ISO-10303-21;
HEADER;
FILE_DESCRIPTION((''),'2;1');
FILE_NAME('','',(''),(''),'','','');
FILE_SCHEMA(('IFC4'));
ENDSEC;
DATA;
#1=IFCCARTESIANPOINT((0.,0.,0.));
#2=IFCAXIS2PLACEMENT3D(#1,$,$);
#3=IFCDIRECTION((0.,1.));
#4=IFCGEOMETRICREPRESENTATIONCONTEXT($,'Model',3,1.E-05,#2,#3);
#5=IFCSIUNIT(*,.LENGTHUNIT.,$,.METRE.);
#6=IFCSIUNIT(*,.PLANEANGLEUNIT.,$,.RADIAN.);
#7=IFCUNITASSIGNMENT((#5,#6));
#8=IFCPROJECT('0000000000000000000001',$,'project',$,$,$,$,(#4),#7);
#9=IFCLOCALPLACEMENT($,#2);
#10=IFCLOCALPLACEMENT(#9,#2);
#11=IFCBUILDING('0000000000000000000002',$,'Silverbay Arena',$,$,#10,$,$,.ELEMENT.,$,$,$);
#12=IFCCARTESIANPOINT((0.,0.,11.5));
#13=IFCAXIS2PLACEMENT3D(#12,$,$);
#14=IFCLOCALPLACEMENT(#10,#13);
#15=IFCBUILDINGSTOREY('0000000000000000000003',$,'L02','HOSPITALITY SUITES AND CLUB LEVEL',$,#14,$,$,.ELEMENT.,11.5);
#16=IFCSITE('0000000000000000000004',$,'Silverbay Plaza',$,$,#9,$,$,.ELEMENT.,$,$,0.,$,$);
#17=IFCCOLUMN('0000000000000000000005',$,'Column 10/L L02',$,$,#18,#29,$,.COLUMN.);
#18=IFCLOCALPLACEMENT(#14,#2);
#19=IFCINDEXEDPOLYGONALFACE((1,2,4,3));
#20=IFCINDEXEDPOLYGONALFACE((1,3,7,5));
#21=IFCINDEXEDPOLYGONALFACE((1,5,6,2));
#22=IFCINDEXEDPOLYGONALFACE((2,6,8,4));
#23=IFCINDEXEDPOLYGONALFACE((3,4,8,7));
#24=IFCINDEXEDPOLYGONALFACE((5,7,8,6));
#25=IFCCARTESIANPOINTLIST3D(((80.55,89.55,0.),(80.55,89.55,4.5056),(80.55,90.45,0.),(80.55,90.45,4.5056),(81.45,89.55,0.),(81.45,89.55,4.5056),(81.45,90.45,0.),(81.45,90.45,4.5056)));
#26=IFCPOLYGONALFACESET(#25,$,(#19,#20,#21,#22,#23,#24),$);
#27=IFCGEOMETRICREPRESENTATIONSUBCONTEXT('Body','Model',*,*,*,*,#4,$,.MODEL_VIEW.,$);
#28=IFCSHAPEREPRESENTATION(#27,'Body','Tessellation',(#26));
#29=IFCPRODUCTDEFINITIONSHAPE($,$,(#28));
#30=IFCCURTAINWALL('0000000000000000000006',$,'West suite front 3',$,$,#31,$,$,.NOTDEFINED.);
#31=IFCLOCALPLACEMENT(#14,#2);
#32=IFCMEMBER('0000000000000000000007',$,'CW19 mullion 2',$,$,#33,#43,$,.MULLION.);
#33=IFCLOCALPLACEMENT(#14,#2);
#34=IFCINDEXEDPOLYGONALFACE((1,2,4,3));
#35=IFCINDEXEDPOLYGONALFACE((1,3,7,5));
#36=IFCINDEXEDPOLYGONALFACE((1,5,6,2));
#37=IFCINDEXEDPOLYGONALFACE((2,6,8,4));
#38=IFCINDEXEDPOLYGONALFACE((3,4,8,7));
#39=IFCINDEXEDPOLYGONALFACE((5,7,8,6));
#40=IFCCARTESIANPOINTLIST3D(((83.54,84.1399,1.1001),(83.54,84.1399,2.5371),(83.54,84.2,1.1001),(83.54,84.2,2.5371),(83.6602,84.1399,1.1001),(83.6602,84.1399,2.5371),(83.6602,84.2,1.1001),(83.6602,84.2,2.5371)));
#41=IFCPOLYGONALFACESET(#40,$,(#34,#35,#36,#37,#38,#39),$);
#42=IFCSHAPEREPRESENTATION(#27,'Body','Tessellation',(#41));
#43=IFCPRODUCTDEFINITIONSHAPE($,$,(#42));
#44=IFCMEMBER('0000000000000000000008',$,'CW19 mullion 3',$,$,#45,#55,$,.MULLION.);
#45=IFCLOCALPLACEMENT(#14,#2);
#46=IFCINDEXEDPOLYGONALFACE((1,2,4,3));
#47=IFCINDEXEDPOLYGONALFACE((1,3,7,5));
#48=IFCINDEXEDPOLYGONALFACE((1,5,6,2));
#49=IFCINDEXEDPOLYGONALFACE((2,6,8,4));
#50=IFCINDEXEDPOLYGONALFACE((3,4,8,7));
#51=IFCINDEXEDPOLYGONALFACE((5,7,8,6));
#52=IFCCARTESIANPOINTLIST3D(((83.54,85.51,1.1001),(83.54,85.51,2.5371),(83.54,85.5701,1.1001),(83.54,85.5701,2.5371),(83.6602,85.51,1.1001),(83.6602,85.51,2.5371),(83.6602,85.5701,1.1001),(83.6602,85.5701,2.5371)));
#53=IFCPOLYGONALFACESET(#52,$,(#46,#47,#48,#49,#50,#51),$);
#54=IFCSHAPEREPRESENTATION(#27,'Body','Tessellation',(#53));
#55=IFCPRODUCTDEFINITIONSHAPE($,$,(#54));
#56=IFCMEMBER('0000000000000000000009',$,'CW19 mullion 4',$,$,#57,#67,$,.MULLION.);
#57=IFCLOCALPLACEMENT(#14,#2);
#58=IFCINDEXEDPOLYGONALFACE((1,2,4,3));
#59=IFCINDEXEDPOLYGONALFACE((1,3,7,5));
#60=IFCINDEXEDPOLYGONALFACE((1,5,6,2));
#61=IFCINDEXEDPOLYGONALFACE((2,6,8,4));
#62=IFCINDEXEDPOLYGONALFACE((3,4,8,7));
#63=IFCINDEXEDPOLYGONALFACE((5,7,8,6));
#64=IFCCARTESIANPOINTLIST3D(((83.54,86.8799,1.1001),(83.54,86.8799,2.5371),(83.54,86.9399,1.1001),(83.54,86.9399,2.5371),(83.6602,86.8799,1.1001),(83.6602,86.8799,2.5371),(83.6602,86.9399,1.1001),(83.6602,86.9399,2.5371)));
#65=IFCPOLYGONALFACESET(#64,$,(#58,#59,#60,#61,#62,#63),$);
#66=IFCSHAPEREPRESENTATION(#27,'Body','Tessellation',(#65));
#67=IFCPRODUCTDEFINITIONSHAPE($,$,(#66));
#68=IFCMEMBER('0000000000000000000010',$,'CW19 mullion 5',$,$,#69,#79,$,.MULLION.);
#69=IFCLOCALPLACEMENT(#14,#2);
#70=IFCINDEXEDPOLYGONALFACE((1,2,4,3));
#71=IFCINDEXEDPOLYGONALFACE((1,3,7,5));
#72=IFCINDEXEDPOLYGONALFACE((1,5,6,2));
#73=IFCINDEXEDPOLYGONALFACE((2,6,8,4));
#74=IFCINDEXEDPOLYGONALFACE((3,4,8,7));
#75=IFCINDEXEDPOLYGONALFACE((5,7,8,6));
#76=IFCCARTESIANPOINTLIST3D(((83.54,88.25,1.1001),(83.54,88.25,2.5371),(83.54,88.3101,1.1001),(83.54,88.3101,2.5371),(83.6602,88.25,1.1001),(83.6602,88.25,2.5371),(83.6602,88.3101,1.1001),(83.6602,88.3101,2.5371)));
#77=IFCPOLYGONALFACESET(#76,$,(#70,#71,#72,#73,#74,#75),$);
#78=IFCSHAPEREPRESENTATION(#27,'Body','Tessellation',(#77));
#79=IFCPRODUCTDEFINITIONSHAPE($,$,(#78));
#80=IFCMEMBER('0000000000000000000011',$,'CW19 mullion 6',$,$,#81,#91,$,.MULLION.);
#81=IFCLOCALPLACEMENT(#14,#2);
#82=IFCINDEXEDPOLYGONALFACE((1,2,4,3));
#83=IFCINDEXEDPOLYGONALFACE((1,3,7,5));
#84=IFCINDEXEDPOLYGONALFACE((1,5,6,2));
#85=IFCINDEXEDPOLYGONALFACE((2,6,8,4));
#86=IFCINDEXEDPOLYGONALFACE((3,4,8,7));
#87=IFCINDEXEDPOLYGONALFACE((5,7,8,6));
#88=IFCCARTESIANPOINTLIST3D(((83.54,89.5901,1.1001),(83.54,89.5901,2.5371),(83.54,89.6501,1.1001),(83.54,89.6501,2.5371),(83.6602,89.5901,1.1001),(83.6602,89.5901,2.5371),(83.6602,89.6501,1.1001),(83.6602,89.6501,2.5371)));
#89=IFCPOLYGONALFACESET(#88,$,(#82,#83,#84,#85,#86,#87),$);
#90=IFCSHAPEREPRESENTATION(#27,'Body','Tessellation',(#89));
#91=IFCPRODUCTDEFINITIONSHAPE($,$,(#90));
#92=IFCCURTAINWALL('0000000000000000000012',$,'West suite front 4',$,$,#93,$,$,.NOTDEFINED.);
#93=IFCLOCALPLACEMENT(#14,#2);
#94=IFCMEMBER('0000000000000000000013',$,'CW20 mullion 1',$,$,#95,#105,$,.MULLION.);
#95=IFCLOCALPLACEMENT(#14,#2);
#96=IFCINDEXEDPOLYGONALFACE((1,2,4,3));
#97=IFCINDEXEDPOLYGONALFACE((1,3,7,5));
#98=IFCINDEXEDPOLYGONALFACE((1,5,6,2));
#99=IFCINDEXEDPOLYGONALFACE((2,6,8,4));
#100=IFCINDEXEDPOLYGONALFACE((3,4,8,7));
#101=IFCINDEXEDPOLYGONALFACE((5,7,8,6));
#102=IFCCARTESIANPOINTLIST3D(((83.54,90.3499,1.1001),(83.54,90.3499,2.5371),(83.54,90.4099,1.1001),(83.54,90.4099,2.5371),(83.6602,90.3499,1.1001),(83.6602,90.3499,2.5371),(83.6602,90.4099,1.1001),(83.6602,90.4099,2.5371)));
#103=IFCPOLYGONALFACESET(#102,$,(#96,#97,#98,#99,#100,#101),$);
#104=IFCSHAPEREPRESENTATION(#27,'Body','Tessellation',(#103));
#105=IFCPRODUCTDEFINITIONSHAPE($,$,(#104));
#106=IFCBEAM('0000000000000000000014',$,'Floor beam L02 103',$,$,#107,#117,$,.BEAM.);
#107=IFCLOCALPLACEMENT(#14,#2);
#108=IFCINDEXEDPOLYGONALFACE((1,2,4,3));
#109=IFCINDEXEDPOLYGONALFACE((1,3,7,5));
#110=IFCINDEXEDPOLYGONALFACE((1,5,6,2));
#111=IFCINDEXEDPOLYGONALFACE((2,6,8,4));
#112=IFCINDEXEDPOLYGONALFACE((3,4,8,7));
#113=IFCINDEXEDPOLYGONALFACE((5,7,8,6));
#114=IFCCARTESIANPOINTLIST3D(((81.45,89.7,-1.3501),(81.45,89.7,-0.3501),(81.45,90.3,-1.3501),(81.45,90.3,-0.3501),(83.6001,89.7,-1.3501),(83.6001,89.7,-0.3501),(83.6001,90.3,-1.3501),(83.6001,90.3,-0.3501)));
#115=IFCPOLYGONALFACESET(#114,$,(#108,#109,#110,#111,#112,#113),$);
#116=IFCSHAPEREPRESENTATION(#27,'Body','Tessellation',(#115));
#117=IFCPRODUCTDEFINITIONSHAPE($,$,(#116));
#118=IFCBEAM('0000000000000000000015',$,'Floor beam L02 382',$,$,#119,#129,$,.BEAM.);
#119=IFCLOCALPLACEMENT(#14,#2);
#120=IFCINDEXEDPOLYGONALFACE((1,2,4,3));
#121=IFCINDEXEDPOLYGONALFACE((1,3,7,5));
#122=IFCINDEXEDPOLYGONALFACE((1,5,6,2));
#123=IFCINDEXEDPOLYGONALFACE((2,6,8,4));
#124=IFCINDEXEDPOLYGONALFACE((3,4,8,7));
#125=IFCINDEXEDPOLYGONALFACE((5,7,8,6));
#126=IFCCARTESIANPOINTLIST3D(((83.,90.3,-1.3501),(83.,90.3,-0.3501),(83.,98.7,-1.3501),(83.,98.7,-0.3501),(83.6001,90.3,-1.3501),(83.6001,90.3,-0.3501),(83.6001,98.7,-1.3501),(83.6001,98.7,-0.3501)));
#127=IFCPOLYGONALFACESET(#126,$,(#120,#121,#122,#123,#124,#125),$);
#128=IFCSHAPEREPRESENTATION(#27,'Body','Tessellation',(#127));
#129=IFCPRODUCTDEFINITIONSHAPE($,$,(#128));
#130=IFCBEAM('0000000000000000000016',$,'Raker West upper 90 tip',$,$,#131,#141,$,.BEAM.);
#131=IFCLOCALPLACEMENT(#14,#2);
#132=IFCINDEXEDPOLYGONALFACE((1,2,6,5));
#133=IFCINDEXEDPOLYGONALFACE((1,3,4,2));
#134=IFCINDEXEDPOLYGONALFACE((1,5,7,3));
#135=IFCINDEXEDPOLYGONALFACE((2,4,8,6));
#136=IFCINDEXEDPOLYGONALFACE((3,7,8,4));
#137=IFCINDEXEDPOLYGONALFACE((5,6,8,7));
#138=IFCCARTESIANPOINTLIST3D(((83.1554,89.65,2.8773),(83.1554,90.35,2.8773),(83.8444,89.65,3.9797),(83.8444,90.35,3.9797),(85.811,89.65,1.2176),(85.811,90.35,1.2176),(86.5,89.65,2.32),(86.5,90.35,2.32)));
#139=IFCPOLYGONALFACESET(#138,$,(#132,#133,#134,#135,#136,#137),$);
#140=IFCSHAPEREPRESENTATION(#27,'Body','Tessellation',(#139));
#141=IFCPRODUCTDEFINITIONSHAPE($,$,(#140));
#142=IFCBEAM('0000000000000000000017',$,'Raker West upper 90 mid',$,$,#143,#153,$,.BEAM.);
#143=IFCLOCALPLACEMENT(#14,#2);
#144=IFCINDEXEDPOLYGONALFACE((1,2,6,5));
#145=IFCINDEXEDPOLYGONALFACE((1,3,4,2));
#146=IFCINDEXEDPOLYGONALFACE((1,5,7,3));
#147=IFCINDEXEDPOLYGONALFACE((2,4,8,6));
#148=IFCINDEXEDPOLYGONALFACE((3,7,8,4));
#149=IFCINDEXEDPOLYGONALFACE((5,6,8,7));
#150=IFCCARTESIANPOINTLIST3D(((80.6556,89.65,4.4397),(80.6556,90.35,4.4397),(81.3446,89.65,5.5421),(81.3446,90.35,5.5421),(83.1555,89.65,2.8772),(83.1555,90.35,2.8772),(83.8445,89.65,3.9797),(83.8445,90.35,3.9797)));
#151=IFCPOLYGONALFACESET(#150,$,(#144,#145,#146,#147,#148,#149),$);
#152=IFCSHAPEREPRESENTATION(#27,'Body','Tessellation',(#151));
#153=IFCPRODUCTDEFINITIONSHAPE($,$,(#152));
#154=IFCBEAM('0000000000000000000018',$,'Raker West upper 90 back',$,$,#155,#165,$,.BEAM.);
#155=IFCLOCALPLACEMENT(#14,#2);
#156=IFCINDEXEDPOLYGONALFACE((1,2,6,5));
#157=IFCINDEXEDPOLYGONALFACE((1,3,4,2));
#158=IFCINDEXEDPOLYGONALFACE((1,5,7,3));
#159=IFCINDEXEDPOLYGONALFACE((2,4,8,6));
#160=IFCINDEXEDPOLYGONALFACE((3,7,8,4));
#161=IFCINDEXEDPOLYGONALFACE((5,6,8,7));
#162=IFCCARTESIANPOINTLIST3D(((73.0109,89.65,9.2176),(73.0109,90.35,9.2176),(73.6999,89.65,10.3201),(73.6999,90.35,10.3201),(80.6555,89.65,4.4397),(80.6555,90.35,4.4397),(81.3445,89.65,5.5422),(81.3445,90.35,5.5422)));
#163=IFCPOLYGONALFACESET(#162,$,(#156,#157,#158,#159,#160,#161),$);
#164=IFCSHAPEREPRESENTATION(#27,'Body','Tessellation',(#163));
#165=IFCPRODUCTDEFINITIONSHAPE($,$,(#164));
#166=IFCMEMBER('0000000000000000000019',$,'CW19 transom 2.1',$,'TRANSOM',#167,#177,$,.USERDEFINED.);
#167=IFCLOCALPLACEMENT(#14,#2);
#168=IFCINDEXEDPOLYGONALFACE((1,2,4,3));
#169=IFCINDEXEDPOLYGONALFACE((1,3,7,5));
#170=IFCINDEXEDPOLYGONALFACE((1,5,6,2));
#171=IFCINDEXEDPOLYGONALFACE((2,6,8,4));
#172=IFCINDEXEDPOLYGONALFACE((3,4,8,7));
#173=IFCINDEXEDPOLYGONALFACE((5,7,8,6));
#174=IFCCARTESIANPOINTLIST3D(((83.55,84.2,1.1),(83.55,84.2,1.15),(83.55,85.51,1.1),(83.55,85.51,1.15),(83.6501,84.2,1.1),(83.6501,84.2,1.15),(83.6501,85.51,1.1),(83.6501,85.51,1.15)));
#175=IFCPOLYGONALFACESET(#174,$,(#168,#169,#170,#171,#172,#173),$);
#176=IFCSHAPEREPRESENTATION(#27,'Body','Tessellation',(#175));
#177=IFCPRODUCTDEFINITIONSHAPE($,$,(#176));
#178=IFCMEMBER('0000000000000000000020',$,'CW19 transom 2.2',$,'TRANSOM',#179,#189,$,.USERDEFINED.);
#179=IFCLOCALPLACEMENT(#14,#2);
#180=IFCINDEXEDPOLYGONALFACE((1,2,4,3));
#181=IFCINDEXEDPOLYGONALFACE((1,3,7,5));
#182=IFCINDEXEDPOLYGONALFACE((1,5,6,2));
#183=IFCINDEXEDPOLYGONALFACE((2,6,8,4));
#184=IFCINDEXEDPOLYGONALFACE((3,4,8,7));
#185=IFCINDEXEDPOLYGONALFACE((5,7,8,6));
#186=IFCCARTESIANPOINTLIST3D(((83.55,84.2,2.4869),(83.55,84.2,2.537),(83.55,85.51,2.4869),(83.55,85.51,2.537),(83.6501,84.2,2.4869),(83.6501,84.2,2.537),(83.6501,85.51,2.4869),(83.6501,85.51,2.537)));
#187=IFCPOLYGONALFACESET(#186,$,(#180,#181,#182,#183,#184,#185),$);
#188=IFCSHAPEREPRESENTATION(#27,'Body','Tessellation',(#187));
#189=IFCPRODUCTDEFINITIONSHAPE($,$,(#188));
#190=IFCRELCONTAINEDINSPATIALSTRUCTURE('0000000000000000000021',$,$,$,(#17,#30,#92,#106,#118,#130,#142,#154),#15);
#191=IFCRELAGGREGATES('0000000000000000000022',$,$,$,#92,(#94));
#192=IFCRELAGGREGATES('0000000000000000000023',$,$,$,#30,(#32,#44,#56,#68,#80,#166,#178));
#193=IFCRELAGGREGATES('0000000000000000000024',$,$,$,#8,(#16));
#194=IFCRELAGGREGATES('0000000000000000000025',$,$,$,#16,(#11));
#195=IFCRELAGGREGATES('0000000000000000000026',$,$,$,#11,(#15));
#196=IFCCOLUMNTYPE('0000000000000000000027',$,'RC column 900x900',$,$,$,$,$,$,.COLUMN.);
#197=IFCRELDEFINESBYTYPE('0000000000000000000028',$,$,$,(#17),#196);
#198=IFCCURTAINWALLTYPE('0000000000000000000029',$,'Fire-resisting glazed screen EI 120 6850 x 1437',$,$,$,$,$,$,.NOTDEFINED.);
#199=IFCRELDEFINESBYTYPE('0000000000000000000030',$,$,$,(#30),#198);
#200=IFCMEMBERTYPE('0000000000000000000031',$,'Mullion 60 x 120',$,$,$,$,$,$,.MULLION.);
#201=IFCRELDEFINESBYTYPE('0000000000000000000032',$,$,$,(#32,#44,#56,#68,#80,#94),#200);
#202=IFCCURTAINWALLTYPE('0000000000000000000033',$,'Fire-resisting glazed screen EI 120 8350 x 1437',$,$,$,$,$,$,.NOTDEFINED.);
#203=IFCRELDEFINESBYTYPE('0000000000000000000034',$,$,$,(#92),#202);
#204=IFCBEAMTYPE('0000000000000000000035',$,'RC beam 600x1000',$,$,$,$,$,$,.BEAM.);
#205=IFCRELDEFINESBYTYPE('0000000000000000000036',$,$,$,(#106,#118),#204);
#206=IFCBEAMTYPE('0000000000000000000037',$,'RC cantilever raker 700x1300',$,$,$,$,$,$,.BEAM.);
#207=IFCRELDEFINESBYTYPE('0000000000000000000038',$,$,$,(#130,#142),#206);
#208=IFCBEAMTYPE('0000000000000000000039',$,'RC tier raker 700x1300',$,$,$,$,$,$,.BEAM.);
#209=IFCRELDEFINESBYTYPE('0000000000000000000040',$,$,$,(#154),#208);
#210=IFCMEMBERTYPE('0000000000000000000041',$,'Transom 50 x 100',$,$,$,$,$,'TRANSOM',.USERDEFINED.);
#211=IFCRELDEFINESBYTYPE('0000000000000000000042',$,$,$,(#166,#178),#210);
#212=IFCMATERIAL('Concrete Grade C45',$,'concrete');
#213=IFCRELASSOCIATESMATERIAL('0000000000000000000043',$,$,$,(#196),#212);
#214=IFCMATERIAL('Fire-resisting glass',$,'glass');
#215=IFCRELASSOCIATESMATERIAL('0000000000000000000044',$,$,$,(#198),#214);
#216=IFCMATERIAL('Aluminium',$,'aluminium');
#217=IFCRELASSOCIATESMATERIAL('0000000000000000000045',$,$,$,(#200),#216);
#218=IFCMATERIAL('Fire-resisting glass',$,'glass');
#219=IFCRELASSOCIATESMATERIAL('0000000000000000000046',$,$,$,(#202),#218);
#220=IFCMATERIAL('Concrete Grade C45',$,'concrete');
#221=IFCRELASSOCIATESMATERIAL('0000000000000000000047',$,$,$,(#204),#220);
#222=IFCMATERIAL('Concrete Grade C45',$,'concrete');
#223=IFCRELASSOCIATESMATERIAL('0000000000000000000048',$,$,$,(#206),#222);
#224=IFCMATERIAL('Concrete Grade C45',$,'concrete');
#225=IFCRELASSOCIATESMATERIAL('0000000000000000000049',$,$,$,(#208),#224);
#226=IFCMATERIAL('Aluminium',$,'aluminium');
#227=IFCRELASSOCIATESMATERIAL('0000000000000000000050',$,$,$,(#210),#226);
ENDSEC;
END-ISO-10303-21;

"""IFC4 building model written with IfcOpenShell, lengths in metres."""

from ifc_helpers import new_model, si_unit, direction, frame, origin, origin_2d, place, context, subcontext, project, spatial, rectangle, extrude, material, material_profile, profile_set, type_object, element, aggregate, save


model = new_model("IFC4")

# Units and contexts
model_context = context("Model", 3, precision=1e-05, world=origin(), true_north=direction((0.0, 1.0)))
body_context = subcontext(model_context, "Body", "Model", "MODEL_VIEW")
ifc_project = project(units=[si_unit("LENGTHUNIT", "METRE"), si_unit("PLANEANGLEUNIT", "RADIAN")], contexts=[model_context])

# Site, building, storey
site_placement = place(None, origin())
site = spatial("IfcSite", under=ifc_project, at=site_placement, Name="Silverbay Plaza", CompositionType="ELEMENT", RefElevation=0.0)
building_placement = place(site_placement, origin())
building = spatial("IfcBuilding", under=site, at=building_placement, Name="Silverbay Arena", CompositionType="ELEMENT")
storey_placement = place(building_placement, frame((0.0, 0.0, 11.5)))
storey = spatial("IfcBuildingStorey", under=building, at=storey_placement, Name="L02", Description="HOSPITALITY SUITES AND CLUB LEVEL", CompositionType="ELEMENT", Elevation=11.5)

# Column
ifc_material_1 = material(Name="Concrete Grade C45", Category="concrete")
ifc_material_profile_1 = material_profile(ifc_material_1, rectangle(XDim=0.8999, YDim=0.8999, at=origin_2d()), Name="RC 900x900")
ifc_profile_set_1 = profile_set([ifc_material_profile_1], Name="Concrete Grade C45")
column_type = type_object("IfcColumnType", Name="RC column 900x900", PredefinedType="COLUMN", material=ifc_profile_set_1)
column_placement = place(storey_placement, frame((81.0, 90.0, 0.0), z_axis=(0.0, 0.0, 1.0), x_axis=(1.0, 0.0, 0.0)))
element("IfcColumn", 1, at=column_placement, inside=storey, type_object=column_type, Name="Column 10/L L02", PredefinedType="COLUMN", context=body_context, shape_type="SweptSolid", body=[
    extrude(rectangle(XDim=0.8999, YDim=0.8999, at=origin_2d()), origin(), (0.0, 0.0, 1.0), 4.5056),
])

# Curtain wall, members
ifc_material_2 = material(Name="Fire-resisting glass", Category="glass")
curtain_wall_type_1 = type_object("IfcCurtainWallType", Name="Fire-resisting glazed screen EI 120 6850 x 1437", PredefinedType="NOTDEFINED", material=ifc_material_2)
curtain_wall_1_placement = place(storey_placement, origin())
curtain_wall_1 = element("IfcCurtainWall", 2, at=curtain_wall_1_placement, inside=storey, type_object=curtain_wall_type_1, Name="West suite front 3", PredefinedType="NOTDEFINED")
ifc_material_3 = material(Name="Aluminium", Category="aluminium")
ifc_material_profile_2 = material_profile(ifc_material_3, rectangle(XDim=0.1201, YDim=0.0601, at=origin_2d()), Name="Mullion 60 x 120")
ifc_profile_set_2 = profile_set([ifc_material_profile_2], Name="Aluminium")
member_type_1 = type_object("IfcMemberType", Name="Mullion 60 x 120", PredefinedType="MULLION", material=ifc_profile_set_2)
member_1_placement = place(storey_placement, frame((83.6001, 84.1699, 1.1001), z_axis=(0.0, 0.0, 1.0), x_axis=(-1.0, 0.0, 0.0)))
member_1 = element("IfcMember", 3, at=member_1_placement, type_object=member_type_1, Name="CW19 mullion 2", PredefinedType="MULLION", context=body_context, shape_type="SweptSolid", body=[
    extrude(rectangle(XDim=0.1201, YDim=0.0601, at=origin_2d()), origin(), (0.0, 0.0, 1.0), 1.437),
])
member_2_placement = place(storey_placement, frame((83.6001, 85.54, 1.1001), z_axis=(0.0, 0.0, 1.0), x_axis=(-1.0, 0.0, 0.0)))
member_2 = element("IfcMember", 4, at=member_2_placement, type_object=member_type_1, Name="CW19 mullion 3", PredefinedType="MULLION", context=body_context, shape_type="SweptSolid", body=[
    extrude(rectangle(XDim=0.1201, YDim=0.0601, at=origin_2d()), origin(), (0.0, 0.0, 1.0), 1.437),
])
member_3_placement = place(storey_placement, frame((83.6001, 86.9099, 1.1001), z_axis=(0.0, 0.0, 1.0), x_axis=(-1.0, 0.0, 0.0)))
member_3 = element("IfcMember", 5, at=member_3_placement, type_object=member_type_1, Name="CW19 mullion 4", PredefinedType="MULLION", context=body_context, shape_type="SweptSolid", body=[
    extrude(rectangle(XDim=0.1201, YDim=0.0601, at=origin_2d()), origin(), (0.0, 0.0, 1.0), 1.437),
])
member_4_placement = place(storey_placement, frame((83.6001, 88.28, 1.1001), z_axis=(0.0, 0.0, 1.0), x_axis=(-1.0, 0.0, 0.0)))
member_4 = element("IfcMember", 6, at=member_4_placement, type_object=member_type_1, Name="CW19 mullion 5", PredefinedType="MULLION", context=body_context, shape_type="SweptSolid", body=[
    extrude(rectangle(XDim=0.1201, YDim=0.0601, at=origin_2d()), origin(), (0.0, 0.0, 1.0), 1.437),
])
member_5_placement = place(storey_placement, frame((83.6001, 89.6201, 1.1001), z_axis=(0.0, 0.0, 1.0), x_axis=(-1.0, 0.0, 0.0)))
member_5 = element("IfcMember", 7, at=member_5_placement, type_object=member_type_1, Name="CW19 mullion 6", PredefinedType="MULLION", context=body_context, shape_type="SweptSolid", body=[
    extrude(rectangle(XDim=0.1201, YDim=0.0601, at=origin_2d()), origin(), (0.0, 0.0, 1.0), 1.437),
])

# Curtain wall, member
ifc_material_4 = material(Name="Fire-resisting glass", Category="glass")
curtain_wall_type_2 = type_object("IfcCurtainWallType", Name="Fire-resisting glazed screen EI 120 8350 x 1437", PredefinedType="NOTDEFINED", material=ifc_material_4)
curtain_wall_2_placement = place(storey_placement, origin())
curtain_wall_2 = element("IfcCurtainWall", 8, at=curtain_wall_2_placement, inside=storey, type_object=curtain_wall_type_2, Name="West suite front 4", PredefinedType="NOTDEFINED")
member_6_placement = place(storey_placement, frame((83.6001, 90.3799, 1.1001), z_axis=(0.0, 0.0, 1.0), x_axis=(-1.0, 0.0, 0.0)))
member_6 = element("IfcMember", 9, at=member_6_placement, type_object=member_type_1, Name="CW20 mullion 1", PredefinedType="MULLION", context=body_context, shape_type="SweptSolid", body=[
    extrude(rectangle(XDim=0.1201, YDim=0.0601, at=origin_2d()), origin(), (0.0, 0.0, 1.0), 1.437),
])

# Beams
ifc_material_5 = material(Name="Concrete Grade C45", Category="concrete")
ifc_material_profile_3 = material_profile(ifc_material_5, rectangle(XDim=0.6001, YDim=1.0, at=origin_2d()), Name="RC 600x1000")
ifc_profile_set_3 = profile_set([ifc_material_profile_3], Name="Concrete Grade C45")
beam_type_1 = type_object("IfcBeamType", Name="RC beam 600x1000", PredefinedType="BEAM", material=ifc_profile_set_3)
beam_1_placement = place(storey_placement, frame((81.45, 90.0, -0.8501), z_axis=(1.0, 0.0, 0.0), x_axis=(0.0, 1.0, 0.0)))
element("IfcBeam", 10, at=beam_1_placement, inside=storey, type_object=beam_type_1, Name="Floor beam L02 103", PredefinedType="BEAM", context=body_context, shape_type="SweptSolid", body=[
    extrude(rectangle(XDim=0.6001, YDim=1.0, at=origin_2d()), origin(), (0.0, 0.0, 1.0), 2.1501),
])
beam_2_placement = place(storey_placement, frame((83.3, 90.3, -0.8501), z_axis=(0.0, 1.0, 0.0), x_axis=(-1.0, 0.0, 0.0)))
element("IfcBeam", 11, at=beam_2_placement, inside=storey, type_object=beam_type_1, Name="Floor beam L02 382", PredefinedType="BEAM", context=body_context, shape_type="SweptSolid", body=[
    extrude(rectangle(XDim=0.6001, YDim=1.0, at=origin_2d()), origin(), (0.0, 0.0, 1.0), 8.3999),
])
ifc_material_6 = material(Name="Concrete Grade C45", Category="concrete")
ifc_material_profile_4 = material_profile(ifc_material_6, rectangle(XDim=0.7, YDim=1.3, at=origin_2d()), Name="RC 700x1300")
ifc_profile_set_4 = profile_set([ifc_material_profile_4], Name="Concrete Grade C45")
beam_type_2 = type_object("IfcBeamType", Name="RC cantilever raker 700x1300", PredefinedType="BEAM", material=ifc_profile_set_4)
beam_3_placement = place(storey_placement, frame((86.1555, 90.0, 1.7688), z_axis=(-0.848003, 0.0, 0.529992), x_axis=(0.0, -1.0, 0.0)))
element("IfcBeam", 12, at=beam_3_placement, inside=storey, type_object=beam_type_2, Name="Raker West upper 90 tip", PredefinedType="BEAM", context=body_context, shape_type="SweptSolid", body=[
    extrude(rectangle(XDim=0.7, YDim=1.3, at=origin_2d()), origin(), (0.0, 0.0, 1.0), 3.1316),
])
beam_4_placement = place(storey_placement, frame((83.5, 90.0, 3.4285), z_axis=(-0.847998, 0.0, 0.529999), x_axis=(0.0, -1.0, 0.0)))
element("IfcBeam", 13, at=beam_4_placement, inside=storey, type_object=beam_type_2, Name="Raker West upper 90 mid", PredefinedType="BEAM", context=body_context, shape_type="SweptSolid", body=[
    extrude(rectangle(XDim=0.7, YDim=1.3, at=origin_2d()), origin(), (0.0, 0.0, 1.0), 2.948),
])
ifc_material_7 = material(Name="Concrete Grade C45", Category="concrete")
ifc_material_profile_5 = material_profile(ifc_material_7, rectangle(XDim=0.7, YDim=1.3, at=origin_2d()), Name="RC 700x1300")
ifc_profile_set_5 = profile_set([ifc_material_profile_5], Name="Concrete Grade C45")
beam_type_3 = type_object("IfcBeamType", Name="RC tier raker 700x1300", PredefinedType="BEAM", material=ifc_profile_set_5)
beam_5_placement = place(storey_placement, frame((81.0, 90.0, 4.991), z_axis=(-0.847998, 0.0, 0.529999), x_axis=(0.0, -1.0, 0.0)))
element("IfcBeam", 14, at=beam_5_placement, inside=storey, type_object=beam_type_3, Name="Raker West upper 90 back", PredefinedType="BEAM", context=body_context, shape_type="SweptSolid", body=[
    extrude(rectangle(XDim=0.7, YDim=1.3, at=origin_2d()), origin(), (0.0, 0.0, 1.0), 9.0149),
])

# Members
ifc_material_8 = material(Name="Aluminium", Category="aluminium")
ifc_material_profile_6 = material_profile(ifc_material_8, rectangle(XDim=0.1001, YDim=0.05, at=origin_2d()), Name="Transom 50 x 100")
ifc_profile_set_6 = profile_set([ifc_material_profile_6], Name="Aluminium")
member_type_2 = type_object("IfcMemberType", Name="Transom 50 x 100", ElementType="TRANSOM", PredefinedType="USERDEFINED", material=ifc_profile_set_6)
member_7_placement = place(storey_placement, frame((83.6001, 84.2, 1.125), z_axis=(0.0, 1.0, 0.0), x_axis=(-1.0, 0.0, 0.0)))
member_7 = element("IfcMember", 15, at=member_7_placement, type_object=member_type_2, Name="CW19 transom 2.1", ObjectType="TRANSOM", PredefinedType="USERDEFINED", context=body_context, shape_type="SweptSolid", body=[
    extrude(rectangle(XDim=0.1001, YDim=0.05, at=origin_2d()), origin(), (0.0, 0.0, 1.0), 1.3101),
])
member_8_placement = place(storey_placement, frame((83.6001, 84.2, 2.512), z_axis=(0.0, 1.0, 0.0), x_axis=(-1.0, 0.0, 0.0)))
member_8 = element("IfcMember", 16, at=member_8_placement, type_object=member_type_2, Name="CW19 transom 2.2", ObjectType="TRANSOM", PredefinedType="USERDEFINED", context=body_context, shape_type="SweptSolid", body=[
    extrude(rectangle(XDim=0.1001, YDim=0.05, at=origin_2d()), origin(), (0.0, 0.0, 1.0), 1.3101),
])
aggregate(curtain_wall_2, [member_6])

aggregate(curtain_wall_1, [member_1, member_2, member_3, member_4, member_5, member_7, member_8])

save(model, "model.ifc")
